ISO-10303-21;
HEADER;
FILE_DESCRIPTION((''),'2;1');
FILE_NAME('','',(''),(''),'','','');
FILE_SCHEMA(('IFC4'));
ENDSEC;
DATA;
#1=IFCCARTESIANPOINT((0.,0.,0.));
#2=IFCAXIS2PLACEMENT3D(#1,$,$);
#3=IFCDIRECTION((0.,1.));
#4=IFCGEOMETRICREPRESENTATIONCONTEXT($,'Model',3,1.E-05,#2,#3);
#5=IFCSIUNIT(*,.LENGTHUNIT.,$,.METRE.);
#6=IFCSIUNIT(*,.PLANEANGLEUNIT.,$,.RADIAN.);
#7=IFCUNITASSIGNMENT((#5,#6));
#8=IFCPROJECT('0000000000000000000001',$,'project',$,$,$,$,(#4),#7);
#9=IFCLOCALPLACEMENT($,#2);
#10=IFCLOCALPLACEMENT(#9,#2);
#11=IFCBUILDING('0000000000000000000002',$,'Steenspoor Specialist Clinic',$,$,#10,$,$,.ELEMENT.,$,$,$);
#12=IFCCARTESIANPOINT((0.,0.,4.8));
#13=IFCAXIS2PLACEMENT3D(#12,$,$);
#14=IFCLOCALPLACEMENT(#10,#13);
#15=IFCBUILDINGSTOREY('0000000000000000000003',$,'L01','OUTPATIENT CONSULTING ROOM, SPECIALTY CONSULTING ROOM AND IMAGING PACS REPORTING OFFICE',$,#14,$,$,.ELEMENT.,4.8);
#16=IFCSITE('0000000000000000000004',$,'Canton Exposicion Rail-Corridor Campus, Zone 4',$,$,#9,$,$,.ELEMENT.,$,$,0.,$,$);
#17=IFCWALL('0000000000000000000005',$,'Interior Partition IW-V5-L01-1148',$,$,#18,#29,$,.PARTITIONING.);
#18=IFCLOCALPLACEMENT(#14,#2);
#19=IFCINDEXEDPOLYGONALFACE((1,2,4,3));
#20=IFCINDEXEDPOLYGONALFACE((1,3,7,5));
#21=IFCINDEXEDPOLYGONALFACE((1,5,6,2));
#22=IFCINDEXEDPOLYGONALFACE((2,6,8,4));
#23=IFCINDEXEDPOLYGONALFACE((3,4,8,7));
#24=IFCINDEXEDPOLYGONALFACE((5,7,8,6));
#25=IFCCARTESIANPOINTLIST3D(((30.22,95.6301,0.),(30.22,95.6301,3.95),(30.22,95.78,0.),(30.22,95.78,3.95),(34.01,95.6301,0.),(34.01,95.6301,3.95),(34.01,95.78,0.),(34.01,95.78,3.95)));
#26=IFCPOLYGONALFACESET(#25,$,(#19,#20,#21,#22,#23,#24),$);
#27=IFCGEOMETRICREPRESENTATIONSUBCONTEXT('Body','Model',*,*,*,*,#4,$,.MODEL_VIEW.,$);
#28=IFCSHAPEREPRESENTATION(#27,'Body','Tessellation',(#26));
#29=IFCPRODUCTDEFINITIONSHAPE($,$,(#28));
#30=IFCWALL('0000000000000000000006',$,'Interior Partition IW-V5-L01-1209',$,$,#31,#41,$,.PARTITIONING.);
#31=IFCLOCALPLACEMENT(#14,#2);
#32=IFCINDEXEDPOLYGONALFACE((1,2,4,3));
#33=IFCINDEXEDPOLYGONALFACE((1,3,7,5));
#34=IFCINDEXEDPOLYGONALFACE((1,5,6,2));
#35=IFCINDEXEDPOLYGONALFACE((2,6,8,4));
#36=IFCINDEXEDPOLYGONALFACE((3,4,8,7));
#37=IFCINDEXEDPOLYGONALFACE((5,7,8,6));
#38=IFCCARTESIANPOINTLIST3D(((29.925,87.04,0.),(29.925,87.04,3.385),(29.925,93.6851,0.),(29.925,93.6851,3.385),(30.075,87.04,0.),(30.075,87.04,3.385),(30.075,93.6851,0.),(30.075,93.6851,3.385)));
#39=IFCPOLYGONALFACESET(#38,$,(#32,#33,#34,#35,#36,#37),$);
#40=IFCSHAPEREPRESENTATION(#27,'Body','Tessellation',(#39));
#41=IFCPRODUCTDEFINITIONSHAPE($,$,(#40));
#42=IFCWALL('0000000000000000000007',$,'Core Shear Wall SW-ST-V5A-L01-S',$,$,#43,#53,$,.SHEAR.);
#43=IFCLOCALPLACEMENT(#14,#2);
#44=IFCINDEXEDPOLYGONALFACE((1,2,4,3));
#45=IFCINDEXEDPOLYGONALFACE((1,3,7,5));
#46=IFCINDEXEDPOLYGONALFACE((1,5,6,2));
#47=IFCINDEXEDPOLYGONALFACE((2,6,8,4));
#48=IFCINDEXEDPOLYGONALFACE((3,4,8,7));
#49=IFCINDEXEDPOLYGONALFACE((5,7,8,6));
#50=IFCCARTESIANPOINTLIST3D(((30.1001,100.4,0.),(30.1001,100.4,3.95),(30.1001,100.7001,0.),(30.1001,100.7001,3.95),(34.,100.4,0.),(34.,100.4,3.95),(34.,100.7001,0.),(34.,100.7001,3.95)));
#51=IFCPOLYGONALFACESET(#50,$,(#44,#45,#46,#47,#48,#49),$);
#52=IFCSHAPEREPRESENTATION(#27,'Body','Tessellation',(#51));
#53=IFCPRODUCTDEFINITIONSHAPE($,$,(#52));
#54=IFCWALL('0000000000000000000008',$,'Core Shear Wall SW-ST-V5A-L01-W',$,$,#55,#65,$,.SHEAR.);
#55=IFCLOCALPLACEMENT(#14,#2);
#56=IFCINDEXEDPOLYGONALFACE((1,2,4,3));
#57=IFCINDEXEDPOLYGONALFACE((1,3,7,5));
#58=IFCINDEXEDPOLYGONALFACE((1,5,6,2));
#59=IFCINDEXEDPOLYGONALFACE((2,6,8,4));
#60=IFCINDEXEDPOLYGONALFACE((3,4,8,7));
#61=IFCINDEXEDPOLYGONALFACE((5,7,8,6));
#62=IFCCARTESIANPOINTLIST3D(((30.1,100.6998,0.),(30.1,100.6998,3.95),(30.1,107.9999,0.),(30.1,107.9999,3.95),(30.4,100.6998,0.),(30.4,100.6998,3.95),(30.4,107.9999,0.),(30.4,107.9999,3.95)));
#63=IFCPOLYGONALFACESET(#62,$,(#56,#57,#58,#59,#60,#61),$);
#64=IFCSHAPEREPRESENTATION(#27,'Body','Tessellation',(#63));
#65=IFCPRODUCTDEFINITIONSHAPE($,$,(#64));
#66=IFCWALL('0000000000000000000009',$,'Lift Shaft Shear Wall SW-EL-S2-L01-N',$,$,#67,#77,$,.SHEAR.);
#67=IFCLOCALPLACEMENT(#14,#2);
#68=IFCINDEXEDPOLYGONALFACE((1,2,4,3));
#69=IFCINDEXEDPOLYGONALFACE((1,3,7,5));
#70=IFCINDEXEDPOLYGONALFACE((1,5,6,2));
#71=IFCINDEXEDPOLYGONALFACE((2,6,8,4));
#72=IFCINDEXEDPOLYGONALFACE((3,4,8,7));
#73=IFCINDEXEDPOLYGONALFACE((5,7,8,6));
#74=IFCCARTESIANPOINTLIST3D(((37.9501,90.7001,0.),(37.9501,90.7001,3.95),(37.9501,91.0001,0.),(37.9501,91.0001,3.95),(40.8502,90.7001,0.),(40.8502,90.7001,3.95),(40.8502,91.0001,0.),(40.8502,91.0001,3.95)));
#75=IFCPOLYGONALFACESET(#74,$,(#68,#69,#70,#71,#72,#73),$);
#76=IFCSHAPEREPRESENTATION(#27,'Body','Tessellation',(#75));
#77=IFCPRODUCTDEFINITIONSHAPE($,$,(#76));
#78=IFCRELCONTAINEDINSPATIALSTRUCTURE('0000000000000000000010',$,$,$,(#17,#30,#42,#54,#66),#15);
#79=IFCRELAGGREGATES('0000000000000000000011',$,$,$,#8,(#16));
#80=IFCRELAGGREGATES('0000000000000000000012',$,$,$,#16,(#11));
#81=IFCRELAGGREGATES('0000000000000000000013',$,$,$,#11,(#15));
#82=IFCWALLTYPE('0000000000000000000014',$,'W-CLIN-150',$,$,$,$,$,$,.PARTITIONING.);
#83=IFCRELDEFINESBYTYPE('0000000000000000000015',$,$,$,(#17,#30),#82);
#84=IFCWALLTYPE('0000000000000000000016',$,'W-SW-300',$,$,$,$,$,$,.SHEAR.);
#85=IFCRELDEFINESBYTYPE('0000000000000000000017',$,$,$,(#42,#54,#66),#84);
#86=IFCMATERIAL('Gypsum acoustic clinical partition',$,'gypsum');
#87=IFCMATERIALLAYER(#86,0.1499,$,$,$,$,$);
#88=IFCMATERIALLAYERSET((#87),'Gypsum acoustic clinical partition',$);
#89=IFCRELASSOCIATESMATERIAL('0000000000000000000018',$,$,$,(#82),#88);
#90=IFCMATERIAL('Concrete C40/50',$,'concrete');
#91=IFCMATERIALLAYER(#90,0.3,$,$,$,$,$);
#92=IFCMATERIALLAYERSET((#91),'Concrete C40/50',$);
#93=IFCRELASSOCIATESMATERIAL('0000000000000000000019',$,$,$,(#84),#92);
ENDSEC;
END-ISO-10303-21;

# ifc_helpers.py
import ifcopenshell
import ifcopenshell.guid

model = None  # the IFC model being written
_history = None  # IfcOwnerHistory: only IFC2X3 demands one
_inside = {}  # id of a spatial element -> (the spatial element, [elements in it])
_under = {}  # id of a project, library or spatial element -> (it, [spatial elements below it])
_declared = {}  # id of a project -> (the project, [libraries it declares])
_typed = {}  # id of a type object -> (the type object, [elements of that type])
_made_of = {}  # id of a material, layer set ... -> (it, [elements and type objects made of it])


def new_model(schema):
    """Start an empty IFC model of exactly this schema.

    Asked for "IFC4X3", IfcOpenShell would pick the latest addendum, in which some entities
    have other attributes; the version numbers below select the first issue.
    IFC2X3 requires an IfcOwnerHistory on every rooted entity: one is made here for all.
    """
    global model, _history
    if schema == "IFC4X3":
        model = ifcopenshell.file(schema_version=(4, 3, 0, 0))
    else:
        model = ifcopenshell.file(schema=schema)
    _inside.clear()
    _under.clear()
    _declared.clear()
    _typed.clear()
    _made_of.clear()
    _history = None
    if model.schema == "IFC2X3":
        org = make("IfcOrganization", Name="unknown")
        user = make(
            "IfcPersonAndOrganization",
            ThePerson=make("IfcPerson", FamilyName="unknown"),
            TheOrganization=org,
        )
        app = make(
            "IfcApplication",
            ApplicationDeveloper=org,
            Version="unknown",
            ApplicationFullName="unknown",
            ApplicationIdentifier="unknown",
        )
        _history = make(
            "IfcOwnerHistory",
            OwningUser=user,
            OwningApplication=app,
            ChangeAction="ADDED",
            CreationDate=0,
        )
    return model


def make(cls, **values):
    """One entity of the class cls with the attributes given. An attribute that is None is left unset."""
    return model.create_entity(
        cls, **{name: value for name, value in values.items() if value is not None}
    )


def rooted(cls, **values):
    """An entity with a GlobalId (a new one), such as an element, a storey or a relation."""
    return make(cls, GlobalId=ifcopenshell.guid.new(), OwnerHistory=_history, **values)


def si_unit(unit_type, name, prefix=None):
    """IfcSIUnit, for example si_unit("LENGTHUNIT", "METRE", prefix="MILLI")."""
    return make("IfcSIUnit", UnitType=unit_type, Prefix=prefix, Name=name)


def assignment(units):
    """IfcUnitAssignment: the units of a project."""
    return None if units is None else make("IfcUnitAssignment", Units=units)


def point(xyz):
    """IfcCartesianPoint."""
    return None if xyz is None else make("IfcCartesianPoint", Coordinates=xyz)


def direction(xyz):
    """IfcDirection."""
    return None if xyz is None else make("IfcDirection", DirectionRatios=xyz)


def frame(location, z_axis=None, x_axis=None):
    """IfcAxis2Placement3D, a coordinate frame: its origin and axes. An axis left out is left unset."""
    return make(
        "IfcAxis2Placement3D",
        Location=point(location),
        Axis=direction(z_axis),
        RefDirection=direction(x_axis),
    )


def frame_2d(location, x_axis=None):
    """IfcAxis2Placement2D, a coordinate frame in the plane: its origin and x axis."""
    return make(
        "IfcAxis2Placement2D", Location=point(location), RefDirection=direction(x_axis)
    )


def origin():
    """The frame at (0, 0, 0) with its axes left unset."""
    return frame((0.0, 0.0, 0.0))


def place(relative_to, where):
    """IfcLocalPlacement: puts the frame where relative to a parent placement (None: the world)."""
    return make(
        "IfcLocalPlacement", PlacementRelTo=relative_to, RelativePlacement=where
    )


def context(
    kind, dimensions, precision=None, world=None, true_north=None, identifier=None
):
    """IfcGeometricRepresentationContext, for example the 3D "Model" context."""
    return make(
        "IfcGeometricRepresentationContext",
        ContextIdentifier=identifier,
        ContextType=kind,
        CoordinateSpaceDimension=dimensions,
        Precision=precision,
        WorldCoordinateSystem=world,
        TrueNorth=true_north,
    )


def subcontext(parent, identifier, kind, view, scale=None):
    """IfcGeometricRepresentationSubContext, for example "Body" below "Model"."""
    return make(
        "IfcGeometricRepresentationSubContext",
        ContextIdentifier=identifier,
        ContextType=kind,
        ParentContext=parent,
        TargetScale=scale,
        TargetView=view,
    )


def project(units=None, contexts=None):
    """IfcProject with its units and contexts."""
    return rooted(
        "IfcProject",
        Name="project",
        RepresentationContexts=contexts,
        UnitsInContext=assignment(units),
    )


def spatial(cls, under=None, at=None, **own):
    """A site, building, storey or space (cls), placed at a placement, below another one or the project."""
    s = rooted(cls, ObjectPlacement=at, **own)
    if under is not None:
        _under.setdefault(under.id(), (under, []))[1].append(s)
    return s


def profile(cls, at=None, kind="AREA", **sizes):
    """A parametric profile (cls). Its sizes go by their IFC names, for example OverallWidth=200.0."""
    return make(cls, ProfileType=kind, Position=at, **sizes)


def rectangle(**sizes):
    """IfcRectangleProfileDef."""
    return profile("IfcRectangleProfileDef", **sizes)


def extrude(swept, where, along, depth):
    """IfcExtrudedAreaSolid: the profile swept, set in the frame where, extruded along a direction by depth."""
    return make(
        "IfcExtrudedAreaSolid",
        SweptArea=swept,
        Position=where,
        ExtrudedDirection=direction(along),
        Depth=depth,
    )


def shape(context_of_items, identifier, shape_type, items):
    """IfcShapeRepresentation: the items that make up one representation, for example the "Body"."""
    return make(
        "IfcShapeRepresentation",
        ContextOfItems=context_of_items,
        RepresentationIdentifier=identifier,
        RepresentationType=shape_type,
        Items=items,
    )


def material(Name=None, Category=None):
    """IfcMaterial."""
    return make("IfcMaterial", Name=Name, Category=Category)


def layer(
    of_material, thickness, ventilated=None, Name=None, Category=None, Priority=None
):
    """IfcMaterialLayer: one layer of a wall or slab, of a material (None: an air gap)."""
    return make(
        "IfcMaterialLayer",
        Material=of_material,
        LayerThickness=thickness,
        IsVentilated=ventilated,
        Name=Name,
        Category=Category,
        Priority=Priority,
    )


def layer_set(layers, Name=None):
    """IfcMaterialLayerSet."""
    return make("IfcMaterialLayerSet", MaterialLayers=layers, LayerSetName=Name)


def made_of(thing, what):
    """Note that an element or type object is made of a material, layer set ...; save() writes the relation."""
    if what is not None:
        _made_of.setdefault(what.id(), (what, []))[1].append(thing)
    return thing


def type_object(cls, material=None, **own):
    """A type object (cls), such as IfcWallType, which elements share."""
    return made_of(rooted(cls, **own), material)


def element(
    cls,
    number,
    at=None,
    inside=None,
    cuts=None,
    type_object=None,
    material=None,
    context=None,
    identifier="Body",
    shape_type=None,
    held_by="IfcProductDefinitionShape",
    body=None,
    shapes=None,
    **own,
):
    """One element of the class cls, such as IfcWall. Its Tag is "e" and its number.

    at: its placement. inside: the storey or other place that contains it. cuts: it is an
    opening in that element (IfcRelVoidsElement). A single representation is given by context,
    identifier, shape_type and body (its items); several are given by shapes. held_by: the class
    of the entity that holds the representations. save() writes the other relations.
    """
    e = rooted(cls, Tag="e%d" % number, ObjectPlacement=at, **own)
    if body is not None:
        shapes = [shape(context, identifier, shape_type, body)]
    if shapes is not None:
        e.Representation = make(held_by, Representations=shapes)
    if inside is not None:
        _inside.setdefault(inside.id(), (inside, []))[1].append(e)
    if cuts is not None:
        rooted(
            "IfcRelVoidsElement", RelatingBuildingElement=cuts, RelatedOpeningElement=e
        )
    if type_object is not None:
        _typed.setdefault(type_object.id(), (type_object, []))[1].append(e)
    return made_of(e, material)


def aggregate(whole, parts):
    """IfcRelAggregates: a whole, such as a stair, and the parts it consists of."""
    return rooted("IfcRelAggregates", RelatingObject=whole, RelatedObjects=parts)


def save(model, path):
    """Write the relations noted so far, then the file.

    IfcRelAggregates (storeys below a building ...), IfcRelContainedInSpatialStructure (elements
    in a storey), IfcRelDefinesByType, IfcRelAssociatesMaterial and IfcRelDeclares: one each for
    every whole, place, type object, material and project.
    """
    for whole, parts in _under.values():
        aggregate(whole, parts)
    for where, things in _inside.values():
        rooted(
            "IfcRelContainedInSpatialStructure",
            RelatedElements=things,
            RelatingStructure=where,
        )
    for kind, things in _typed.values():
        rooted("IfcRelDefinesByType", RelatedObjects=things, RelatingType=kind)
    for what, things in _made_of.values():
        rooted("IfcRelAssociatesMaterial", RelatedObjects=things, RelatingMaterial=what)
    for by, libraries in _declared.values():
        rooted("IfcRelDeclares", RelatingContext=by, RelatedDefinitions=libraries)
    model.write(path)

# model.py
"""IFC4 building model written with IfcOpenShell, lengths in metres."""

from ifc_helpers import new_model, si_unit, direction, frame, frame_2d, origin, place, context, subcontext, project, spatial, rectangle, extrude, material, layer, layer_set, type_object, element, save


model = new_model("IFC4")

# Units and contexts
model_context = context("Model", 3, precision=1e-05, world=origin(), true_north=direction((0.0, 1.0)))
body_context = subcontext(model_context, "Body", "Model", "MODEL_VIEW")
ifc_project = project(units=[si_unit("LENGTHUNIT", "METRE"), si_unit("PLANEANGLEUNIT", "RADIAN")], contexts=[model_context])

# Site, building, storey
site_placement = place(None, origin())
site = spatial("IfcSite", under=ifc_project, at=site_placement, Name="Canton Exposicion Rail-Corridor Campus, Zone 4", CompositionType="ELEMENT", RefElevation=0.0)
building_placement = place(site_placement, origin())
building = spatial("IfcBuilding", under=site, at=building_placement, Name="Steenspoor Specialist Clinic", CompositionType="ELEMENT")
storey_placement = place(building_placement, frame((0.0, 0.0, 4.8)))
storey = spatial("IfcBuildingStorey", under=building, at=storey_placement, Name="L01", Description="OUTPATIENT CONSULTING ROOM, SPECIALTY CONSULTING ROOM AND IMAGING PACS REPORTING OFFICE", CompositionType="ELEMENT", Elevation=4.8)

# Shared definitions
ifc_material_1 = material(Name="Concrete C40/50", Category="concrete")

# Shared definitions
ifc_material_2 = material(Name="Gypsum acoustic clinical partition", Category="gypsum")
ifc_layer_1 = layer(ifc_material_2, 0.1499)
ifc_layer_set_1 = layer_set([ifc_layer_1], Name="Gypsum acoustic clinical partition")
wall_type_1 = type_object("IfcWallType", Name="W-CLIN-150", PredefinedType="PARTITIONING", material=ifc_layer_set_1)

# Walls
wall_1_placement = place(storey_placement, frame((30.22, 95.7051, 0.0), z_axis=(0.0, 0.0, 1.0), x_axis=(1.0, 0.0, 0.0)))
element("IfcWall", 1, at=wall_1_placement, inside=storey, type_object=wall_type_1, Name="Interior Partition IW-V5-L01-1148", PredefinedType="PARTITIONING", context=body_context, shape_type="SweptSolid", body=[
    extrude(rectangle(XDim=3.79, YDim=0.1499, at=frame_2d((1.895, 0.0))), origin(), (0.0, 0.0, 1.0), 3.95),
])
wall_2_placement = place(storey_placement, frame((30.0, 87.04, 0.0), z_axis=(0.0, 0.0, 1.0), x_axis=(0.0, 1.0, 0.0)))
element("IfcWall", 2, at=wall_2_placement, inside=storey, type_object=wall_type_1, Name="Interior Partition IW-V5-L01-1209", PredefinedType="PARTITIONING", context=body_context, shape_type="SweptSolid", body=[
    extrude(rectangle(XDim=6.645, YDim=0.1499, at=frame_2d((3.3225, 0.0))), origin(), (0.0, 0.0, 1.0), 3.385),
])
ifc_layer_2 = layer(ifc_material_1, 0.3)
ifc_layer_set_2 = layer_set([ifc_layer_2], Name="Concrete C40/50")
wall_type_2 = type_object("IfcWallType", Name="W-SW-300", PredefinedType="SHEAR", material=ifc_layer_set_2)
wall_3_placement = place(storey_placement, frame((30.1001, 100.55, 0.0), z_axis=(0.0, 0.0, 1.0), x_axis=(1.0, 0.0, 0.0)))
element("IfcWall", 3, at=wall_3_placement, inside=storey, type_object=wall_type_2, Name="Core Shear Wall SW-ST-V5A-L01-S", PredefinedType="SHEAR", context=body_context, shape_type="SweptSolid", body=[
    extrude(rectangle(XDim=3.8999, YDim=0.3, at=frame_2d((1.95, 0.0))), origin(), (0.0, 0.0, 1.0), 3.95),
])
wall_4_placement = place(storey_placement, frame((30.25, 100.7, 0.0), z_axis=(0.0, 0.0, 1.0), x_axis=(0.0, 1.0, 0.0)))
element("IfcWall", 4, at=wall_4_placement, inside=storey, type_object=wall_type_2, Name="Core Shear Wall SW-ST-V5A-L01-W", PredefinedType="SHEAR", context=body_context, shape_type="SweptSolid", body=[
    extrude(rectangle(XDim=7.3, YDim=0.3, at=frame_2d((3.6499, 0.0))), origin(), (0.0, 0.0, 1.0), 3.95),
])

# Wall
wall_5_placement = place(storey_placement, frame((37.95, 90.8501, 0.0), z_axis=(0.0, 0.0, 1.0), x_axis=(1.0, 0.0, 0.0)))
element("IfcWall", 5, at=wall_5_placement, inside=storey, type_object=wall_type_2, Name="Lift Shaft Shear Wall SW-EL-S2-L01-N", PredefinedType="SHEAR", context=body_context, shape_type="SweptSolid", body=[
    extrude(rectangle(XDim=2.9001, YDim=0.3, at=frame_2d((1.4502, 0.0))), origin(), (0.0, 0.0, 1.0), 3.95),
])

save(model, "model.ifc")
